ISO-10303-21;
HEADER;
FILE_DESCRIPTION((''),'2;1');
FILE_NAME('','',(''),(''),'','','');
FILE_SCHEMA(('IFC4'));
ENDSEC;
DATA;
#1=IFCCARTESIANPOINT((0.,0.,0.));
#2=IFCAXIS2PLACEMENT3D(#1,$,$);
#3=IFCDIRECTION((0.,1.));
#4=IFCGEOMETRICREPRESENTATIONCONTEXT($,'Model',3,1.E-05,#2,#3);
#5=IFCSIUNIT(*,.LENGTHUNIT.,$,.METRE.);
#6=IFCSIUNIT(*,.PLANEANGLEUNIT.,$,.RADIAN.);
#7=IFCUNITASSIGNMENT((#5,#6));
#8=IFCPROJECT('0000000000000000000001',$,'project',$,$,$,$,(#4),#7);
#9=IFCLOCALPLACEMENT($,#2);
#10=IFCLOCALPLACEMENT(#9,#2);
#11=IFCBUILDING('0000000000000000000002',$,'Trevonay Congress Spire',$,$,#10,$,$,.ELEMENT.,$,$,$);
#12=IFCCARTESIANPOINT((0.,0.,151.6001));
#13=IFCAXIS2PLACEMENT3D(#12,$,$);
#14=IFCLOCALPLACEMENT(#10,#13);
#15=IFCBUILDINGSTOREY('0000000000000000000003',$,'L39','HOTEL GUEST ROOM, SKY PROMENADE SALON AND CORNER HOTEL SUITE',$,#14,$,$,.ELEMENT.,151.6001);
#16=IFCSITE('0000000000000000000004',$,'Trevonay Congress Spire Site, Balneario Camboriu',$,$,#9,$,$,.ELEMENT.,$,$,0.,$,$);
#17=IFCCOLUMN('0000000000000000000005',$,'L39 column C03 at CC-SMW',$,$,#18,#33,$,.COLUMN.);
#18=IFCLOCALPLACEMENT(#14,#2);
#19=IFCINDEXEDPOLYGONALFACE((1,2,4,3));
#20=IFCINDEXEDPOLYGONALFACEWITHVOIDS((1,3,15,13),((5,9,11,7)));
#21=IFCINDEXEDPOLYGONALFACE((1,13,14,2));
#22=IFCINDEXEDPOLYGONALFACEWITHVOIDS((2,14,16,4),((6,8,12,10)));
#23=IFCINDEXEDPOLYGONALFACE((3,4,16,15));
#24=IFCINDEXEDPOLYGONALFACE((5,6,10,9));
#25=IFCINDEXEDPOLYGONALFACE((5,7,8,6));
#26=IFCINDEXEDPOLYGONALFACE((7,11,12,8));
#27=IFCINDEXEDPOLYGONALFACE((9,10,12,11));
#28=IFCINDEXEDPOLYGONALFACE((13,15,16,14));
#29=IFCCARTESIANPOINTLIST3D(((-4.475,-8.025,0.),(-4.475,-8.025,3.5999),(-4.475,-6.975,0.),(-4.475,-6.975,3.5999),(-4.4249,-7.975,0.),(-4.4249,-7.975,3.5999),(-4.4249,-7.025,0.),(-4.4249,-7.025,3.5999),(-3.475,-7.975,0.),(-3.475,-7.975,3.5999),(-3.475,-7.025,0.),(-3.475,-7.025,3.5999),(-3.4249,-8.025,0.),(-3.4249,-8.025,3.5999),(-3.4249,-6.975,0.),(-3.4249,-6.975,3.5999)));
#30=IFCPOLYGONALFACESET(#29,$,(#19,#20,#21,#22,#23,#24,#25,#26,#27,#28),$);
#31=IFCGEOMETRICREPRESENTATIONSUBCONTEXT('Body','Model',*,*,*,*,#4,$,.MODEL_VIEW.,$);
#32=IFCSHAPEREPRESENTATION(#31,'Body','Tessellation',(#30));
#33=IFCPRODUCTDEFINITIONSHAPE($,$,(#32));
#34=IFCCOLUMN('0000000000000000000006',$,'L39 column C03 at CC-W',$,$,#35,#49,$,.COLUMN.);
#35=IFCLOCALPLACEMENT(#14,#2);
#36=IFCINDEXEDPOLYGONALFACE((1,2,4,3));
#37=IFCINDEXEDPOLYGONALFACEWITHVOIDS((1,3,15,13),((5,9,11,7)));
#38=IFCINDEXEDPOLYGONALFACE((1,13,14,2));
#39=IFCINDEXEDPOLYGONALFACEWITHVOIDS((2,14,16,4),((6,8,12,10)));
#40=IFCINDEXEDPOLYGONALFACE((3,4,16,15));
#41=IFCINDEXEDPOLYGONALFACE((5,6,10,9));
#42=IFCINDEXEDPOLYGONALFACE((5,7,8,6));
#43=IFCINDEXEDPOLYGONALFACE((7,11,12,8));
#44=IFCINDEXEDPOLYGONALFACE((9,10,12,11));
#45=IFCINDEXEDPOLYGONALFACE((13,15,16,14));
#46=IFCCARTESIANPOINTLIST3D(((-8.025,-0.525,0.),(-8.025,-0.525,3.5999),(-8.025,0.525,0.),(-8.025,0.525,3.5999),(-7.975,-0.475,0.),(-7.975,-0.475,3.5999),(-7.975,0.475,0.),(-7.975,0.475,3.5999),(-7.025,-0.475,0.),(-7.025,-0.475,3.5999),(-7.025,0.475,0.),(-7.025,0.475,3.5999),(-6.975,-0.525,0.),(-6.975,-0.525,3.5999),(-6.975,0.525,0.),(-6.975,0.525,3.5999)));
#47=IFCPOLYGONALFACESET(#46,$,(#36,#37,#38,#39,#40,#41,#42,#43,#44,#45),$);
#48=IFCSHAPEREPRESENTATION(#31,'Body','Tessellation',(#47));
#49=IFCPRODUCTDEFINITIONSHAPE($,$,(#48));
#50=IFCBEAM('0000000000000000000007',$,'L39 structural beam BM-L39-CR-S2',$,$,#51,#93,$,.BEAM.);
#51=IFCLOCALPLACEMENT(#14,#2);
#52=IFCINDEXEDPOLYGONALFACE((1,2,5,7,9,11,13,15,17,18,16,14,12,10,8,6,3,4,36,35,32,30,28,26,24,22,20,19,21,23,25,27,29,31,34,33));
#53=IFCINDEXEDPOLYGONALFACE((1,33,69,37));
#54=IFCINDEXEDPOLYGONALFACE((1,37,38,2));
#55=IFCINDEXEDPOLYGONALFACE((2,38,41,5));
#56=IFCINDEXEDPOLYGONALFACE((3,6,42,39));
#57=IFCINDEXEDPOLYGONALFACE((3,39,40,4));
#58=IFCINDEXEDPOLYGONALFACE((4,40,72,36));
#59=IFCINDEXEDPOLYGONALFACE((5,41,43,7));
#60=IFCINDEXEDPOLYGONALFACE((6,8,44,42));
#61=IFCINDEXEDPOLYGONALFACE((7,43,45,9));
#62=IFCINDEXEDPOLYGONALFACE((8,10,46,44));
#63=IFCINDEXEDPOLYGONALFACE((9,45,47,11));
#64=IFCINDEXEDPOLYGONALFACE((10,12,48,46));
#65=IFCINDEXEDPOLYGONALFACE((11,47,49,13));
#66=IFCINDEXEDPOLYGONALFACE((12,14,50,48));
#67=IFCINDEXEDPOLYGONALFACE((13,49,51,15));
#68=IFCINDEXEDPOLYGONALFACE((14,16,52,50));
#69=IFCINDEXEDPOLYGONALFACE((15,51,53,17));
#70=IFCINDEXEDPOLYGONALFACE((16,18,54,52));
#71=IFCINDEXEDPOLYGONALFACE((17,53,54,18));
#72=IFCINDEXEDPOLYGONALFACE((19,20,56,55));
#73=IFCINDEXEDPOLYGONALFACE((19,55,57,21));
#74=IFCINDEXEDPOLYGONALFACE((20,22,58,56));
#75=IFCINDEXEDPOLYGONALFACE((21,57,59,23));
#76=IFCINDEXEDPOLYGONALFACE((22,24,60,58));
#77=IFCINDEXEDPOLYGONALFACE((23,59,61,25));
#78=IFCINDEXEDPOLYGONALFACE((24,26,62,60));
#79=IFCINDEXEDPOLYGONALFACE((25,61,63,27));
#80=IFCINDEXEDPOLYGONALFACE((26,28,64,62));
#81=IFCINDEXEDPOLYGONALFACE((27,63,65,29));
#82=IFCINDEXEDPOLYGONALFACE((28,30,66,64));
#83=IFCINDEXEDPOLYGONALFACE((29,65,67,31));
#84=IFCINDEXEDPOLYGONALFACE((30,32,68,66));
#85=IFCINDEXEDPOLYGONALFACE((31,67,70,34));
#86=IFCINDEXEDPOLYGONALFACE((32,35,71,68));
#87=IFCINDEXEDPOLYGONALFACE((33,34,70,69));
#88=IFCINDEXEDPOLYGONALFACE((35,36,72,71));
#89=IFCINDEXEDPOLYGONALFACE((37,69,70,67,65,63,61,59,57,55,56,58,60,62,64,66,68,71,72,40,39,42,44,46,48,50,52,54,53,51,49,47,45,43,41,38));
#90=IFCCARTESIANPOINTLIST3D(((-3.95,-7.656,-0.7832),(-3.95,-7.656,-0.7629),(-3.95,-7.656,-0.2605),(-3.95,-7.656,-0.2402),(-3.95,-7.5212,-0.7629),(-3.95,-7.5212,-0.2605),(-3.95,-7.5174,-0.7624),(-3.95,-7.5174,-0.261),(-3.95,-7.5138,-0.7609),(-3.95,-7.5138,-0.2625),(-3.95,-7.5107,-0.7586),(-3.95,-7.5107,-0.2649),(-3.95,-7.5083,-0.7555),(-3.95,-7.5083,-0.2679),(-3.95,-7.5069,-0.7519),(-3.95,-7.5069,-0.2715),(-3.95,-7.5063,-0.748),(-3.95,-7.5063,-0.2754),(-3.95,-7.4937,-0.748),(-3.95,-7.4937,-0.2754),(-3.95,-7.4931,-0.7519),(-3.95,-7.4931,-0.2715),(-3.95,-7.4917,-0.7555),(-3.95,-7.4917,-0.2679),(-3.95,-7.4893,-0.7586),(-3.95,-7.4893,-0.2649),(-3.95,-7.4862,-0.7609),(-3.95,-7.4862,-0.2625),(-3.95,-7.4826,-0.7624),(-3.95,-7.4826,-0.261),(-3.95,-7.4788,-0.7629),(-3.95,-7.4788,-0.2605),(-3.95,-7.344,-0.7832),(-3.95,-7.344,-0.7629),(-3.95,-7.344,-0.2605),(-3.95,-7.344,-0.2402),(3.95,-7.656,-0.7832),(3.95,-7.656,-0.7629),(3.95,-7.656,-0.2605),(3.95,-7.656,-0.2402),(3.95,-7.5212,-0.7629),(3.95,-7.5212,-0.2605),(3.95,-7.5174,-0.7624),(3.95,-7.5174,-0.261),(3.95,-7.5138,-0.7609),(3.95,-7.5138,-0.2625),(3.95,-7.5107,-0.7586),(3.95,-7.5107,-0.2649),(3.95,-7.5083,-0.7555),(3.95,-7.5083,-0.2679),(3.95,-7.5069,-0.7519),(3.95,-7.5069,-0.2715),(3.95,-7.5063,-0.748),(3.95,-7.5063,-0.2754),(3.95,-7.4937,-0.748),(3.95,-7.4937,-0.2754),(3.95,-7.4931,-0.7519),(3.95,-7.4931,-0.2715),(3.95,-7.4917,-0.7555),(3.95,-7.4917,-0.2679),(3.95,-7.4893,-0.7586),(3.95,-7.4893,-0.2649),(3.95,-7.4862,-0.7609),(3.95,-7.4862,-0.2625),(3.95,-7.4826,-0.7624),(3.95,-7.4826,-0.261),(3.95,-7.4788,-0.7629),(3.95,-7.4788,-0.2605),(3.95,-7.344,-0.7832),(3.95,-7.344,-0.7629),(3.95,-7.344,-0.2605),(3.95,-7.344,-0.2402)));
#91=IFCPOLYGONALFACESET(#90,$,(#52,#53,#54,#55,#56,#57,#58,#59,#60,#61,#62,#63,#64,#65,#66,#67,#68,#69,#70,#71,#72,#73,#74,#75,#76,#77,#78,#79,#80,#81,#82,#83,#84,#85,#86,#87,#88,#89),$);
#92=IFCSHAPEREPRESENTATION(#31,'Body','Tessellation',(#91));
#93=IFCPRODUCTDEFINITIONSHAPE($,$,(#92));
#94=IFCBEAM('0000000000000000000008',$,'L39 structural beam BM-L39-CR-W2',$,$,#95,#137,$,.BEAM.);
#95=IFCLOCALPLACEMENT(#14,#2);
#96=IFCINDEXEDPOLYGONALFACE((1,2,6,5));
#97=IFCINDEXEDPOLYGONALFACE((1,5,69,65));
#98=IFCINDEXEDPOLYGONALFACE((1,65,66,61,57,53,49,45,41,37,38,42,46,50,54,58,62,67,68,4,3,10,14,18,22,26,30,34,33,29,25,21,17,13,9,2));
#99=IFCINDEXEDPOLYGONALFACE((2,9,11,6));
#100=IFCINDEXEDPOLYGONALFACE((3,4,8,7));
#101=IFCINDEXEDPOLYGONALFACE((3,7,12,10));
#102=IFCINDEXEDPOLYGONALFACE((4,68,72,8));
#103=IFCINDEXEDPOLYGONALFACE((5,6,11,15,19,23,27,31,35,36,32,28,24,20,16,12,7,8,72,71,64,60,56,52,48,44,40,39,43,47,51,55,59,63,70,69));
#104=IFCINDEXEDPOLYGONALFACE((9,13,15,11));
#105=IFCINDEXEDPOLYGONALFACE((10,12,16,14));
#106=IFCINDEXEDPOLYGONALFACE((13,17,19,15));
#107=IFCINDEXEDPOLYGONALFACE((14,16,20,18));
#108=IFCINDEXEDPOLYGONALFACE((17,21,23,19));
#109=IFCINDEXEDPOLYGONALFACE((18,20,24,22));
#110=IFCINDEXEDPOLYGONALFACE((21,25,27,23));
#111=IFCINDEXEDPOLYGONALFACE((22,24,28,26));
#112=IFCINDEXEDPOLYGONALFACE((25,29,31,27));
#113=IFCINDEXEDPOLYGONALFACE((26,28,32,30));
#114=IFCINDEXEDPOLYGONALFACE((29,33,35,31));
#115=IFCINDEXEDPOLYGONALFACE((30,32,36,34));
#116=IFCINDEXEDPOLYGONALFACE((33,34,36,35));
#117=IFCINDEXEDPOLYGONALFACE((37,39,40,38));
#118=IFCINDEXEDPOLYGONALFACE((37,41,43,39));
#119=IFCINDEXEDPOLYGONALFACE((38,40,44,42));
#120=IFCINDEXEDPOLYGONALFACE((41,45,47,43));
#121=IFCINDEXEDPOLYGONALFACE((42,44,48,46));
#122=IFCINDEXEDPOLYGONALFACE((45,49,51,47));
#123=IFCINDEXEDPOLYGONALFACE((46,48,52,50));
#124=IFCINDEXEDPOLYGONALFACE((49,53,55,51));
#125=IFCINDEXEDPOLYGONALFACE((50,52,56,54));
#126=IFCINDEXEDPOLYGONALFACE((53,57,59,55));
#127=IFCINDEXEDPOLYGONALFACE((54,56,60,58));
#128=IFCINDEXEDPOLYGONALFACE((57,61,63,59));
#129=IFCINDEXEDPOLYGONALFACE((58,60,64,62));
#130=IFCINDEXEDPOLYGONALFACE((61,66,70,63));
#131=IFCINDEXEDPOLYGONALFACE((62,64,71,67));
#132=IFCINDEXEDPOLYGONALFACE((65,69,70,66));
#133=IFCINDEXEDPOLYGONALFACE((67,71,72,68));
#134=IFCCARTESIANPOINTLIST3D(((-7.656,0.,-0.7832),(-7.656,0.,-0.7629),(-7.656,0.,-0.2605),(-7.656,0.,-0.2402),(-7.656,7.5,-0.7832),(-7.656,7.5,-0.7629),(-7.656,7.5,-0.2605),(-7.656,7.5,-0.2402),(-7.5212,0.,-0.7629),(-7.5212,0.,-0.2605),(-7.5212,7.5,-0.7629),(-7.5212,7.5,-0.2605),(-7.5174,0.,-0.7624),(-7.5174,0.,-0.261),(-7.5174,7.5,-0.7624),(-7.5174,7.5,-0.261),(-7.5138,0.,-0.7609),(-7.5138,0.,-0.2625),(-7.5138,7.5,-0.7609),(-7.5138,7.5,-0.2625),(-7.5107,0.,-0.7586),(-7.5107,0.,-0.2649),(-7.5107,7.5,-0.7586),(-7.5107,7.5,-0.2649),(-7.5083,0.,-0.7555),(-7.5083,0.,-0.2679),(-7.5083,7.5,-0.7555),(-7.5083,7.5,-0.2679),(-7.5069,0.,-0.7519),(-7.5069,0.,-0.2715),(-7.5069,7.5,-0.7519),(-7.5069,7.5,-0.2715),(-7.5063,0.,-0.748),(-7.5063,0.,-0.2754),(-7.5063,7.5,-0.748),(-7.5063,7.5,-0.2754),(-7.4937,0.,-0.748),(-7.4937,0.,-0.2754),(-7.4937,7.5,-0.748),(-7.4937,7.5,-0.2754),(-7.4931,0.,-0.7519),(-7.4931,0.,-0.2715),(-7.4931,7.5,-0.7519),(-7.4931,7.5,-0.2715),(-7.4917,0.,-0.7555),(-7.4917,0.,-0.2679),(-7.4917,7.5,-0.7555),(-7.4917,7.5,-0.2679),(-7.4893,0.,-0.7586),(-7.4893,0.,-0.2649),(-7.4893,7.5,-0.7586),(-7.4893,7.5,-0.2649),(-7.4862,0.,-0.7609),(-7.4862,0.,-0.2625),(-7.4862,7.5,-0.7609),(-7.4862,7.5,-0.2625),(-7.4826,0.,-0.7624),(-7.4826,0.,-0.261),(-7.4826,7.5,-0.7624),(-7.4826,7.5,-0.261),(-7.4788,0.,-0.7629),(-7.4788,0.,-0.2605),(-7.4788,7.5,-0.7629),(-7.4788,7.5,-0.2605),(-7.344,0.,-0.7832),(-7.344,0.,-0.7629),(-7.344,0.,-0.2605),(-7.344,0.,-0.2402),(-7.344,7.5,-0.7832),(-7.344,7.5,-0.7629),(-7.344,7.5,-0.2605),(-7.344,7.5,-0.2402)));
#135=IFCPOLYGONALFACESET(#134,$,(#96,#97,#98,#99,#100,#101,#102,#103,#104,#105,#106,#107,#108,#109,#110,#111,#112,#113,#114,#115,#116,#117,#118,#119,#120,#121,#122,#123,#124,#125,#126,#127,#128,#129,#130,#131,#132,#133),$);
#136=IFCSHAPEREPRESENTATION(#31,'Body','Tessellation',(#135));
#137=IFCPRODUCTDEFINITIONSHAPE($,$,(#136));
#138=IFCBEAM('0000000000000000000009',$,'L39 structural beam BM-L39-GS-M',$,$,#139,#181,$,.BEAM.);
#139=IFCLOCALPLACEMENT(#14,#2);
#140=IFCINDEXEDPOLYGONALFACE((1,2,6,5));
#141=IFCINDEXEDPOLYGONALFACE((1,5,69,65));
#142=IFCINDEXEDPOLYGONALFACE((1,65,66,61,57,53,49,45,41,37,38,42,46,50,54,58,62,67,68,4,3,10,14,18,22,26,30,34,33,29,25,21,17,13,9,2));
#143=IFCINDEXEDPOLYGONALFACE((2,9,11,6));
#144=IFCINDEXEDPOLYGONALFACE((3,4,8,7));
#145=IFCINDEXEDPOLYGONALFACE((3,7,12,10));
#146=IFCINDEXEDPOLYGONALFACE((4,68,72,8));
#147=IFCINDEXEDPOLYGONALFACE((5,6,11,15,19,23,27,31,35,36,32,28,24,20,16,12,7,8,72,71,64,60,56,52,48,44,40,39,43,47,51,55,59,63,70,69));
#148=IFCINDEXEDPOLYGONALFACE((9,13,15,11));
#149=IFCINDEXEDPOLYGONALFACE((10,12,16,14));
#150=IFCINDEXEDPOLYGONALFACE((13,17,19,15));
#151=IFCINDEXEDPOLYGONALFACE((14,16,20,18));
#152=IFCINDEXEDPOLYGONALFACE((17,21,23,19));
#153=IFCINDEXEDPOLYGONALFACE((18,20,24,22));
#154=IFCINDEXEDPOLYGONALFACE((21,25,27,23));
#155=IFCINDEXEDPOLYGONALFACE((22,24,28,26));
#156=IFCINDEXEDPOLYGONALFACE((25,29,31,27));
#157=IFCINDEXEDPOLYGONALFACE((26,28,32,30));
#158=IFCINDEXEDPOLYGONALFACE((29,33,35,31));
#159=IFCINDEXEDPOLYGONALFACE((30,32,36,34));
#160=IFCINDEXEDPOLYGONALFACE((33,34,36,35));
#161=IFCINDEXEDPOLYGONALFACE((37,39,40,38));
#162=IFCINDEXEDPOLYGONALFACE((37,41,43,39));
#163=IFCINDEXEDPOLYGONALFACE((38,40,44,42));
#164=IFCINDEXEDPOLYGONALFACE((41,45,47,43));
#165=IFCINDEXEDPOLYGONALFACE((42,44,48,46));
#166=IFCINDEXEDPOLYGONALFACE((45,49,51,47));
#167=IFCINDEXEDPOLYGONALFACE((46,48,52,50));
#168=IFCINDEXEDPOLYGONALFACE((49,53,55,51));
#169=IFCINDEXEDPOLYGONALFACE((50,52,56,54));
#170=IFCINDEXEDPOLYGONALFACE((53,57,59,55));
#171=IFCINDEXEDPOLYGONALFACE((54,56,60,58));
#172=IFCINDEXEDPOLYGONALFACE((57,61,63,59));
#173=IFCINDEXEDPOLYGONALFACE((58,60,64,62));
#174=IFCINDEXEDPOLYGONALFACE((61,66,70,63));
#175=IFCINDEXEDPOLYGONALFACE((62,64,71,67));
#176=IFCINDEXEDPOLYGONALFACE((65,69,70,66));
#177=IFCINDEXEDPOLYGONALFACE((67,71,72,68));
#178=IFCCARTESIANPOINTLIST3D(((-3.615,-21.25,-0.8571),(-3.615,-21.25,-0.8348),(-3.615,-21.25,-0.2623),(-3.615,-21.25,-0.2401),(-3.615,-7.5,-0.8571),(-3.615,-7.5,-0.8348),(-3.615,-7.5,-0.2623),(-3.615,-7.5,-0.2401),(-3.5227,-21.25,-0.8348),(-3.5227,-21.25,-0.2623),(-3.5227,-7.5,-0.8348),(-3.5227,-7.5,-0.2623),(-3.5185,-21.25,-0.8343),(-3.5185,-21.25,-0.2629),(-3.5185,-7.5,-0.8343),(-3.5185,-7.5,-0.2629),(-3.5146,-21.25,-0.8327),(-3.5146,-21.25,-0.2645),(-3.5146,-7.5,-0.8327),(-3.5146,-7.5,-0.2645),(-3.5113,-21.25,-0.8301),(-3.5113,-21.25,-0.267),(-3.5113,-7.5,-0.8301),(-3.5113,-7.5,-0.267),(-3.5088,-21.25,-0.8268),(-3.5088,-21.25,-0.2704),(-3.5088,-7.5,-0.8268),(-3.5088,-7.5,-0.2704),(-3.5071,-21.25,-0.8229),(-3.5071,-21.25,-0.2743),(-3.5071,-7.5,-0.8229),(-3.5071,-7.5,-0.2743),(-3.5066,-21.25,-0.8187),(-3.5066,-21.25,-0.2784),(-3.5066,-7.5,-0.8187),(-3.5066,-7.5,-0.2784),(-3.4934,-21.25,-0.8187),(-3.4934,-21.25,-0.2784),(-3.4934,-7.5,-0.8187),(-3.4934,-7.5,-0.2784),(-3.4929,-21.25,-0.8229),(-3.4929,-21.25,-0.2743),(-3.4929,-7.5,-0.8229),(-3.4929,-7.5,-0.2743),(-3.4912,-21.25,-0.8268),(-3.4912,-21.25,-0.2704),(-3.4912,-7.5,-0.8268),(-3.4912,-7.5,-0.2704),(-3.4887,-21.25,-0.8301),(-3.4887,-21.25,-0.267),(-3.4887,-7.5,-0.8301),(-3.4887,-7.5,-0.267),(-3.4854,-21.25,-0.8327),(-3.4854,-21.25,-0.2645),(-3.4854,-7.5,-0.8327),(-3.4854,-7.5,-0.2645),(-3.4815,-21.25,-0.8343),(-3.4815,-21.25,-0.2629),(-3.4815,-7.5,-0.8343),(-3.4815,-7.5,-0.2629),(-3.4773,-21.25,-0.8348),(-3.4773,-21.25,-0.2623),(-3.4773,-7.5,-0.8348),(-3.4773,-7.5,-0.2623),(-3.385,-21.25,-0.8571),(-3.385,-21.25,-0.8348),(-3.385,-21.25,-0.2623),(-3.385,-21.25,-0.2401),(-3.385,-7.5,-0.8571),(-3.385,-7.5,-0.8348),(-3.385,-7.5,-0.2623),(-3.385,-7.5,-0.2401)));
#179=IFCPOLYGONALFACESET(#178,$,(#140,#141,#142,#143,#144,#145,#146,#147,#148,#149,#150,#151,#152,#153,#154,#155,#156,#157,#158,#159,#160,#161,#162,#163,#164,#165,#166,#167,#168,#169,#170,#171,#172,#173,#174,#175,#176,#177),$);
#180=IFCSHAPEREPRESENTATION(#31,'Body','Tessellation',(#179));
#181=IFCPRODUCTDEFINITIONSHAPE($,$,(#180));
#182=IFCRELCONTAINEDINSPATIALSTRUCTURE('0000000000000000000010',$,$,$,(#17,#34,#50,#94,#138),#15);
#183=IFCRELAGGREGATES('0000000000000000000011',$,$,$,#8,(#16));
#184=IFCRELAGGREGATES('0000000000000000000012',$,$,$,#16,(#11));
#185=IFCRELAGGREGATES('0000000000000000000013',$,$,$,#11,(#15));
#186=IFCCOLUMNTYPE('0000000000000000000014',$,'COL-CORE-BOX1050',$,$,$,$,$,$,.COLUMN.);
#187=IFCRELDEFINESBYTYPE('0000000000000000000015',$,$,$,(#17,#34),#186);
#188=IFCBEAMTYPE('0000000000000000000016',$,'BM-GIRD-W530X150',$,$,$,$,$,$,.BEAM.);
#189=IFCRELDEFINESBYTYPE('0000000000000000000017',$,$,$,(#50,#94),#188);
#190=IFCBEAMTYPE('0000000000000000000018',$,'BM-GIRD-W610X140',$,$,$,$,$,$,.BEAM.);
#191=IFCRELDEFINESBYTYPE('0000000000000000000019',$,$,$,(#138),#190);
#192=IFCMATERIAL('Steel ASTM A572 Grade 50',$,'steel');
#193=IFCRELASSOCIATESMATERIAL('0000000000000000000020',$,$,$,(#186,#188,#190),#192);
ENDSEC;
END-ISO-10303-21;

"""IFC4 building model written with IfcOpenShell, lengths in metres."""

from ifc_helpers import new_model, si_unit, direction, frame, origin, origin_2d, place, context, subcontext, project, spatial, hollow_rectangle, i_section, extrude, material, material_profile, profile_set, type_object, element, save


model = new_model("IFC4")

# Units and contexts
model_context = context("Model", 3, precision=1e-05, world=origin(), true_north=direction((0.0, 1.0)))
body_context = subcontext(model_context, "Body", "Model", "MODEL_VIEW")
ifc_project = project(units=[si_unit("LENGTHUNIT", "METRE"), si_unit("PLANEANGLEUNIT", "RADIAN")], contexts=[model_context])

# Site, building, storey
site_placement = place(None, origin())
site = spatial("IfcSite", under=ifc_project, at=site_placement, Name="Trevonay Congress Spire Site, Balneario Camboriu", CompositionType="ELEMENT", RefElevation=0.0)
building_placement = place(site_placement, origin())
building = spatial("IfcBuilding", under=site, at=building_placement, Name="Trevonay Congress Spire", CompositionType="ELEMENT")
storey_placement = place(building_placement, frame((0.0, 0.0, 151.6001)))
storey = spatial("IfcBuildingStorey", under=building, at=storey_placement, Name="L39", Description="HOTEL GUEST ROOM, SKY PROMENADE SALON AND CORNER HOTEL SUITE", CompositionType="ELEMENT", Elevation=151.6001)

# Columns
ifc_material_1 = material(Name="Steel ASTM A572 Grade 50", Category="steel")
ifc_material_profile_1 = material_profile(ifc_material_1, hollow_rectangle(XDim=1.05, YDim=1.05, WallThickness=0.05, at=origin_2d()), Name="BOX 1050x1050x50")
ifc_profile_set_1 = profile_set([ifc_material_profile_1], Name="Steel ASTM A572 Grade 50")
column_type = type_object("IfcColumnType", Name="COL-CORE-BOX1050", PredefinedType="COLUMN", material=ifc_profile_set_1)
for number, where, z_axis, x_axis, name in (
    (1, (-3.95, -7.5, 0.0), (0.0, 0.0, 1.0), (1.0, 0.0, 0.0), "L39 column C03 at CC-SMW"),
    (2, (-7.5, 0.0, 0.0), (0.0, 0.0, 1.0), (1.0, 0.0, 0.0), "L39 column C03 at CC-W"),
):
    element("IfcColumn", number, at=place(storey_placement, frame(where, z_axis=z_axis, x_axis=x_axis)), inside=storey, type_object=column_type, Name=name, PredefinedType="COLUMN", context=body_context, shape_type="SweptSolid", body=[
        extrude(hollow_rectangle(XDim=1.05, YDim=1.05, WallThickness=0.05, at=origin_2d()), origin(), (0.0, 0.0, 1.0), 3.5999),
    ])

# Beams
ifc_material_profile_2 = material_profile(ifc_material_1, i_section(OverallWidth=0.312, OverallDepth=0.543, WebThickness=0.0127, FlangeThickness=0.0203, FilletRadius=0.0149, at=origin_2d()), Name="W530x150")
ifc_profile_set_2 = profile_set([ifc_material_profile_2], Name="Steel ASTM A572 Grade 50")
beam_type_1 = type_object("IfcBeamType", Name="BM-GIRD-W530X150", PredefinedType="BEAM", material=ifc_profile_set_2)
beam_1_placement = place(storey_placement, frame((-3.95, -7.5, -0.5117), z_axis=(1.0, 0.0, 0.0), x_axis=(0.0, 1.0, 0.0)))
element("IfcBeam", 3, at=beam_1_placement, inside=storey, type_object=beam_type_1, Name="L39 structural beam BM-L39-CR-S2", PredefinedType="BEAM", context=body_context, shape_type="SweptSolid", body=[
    extrude(i_section(OverallWidth=0.312, OverallDepth=0.543, WebThickness=0.0127, FlangeThickness=0.0203, FilletRadius=0.0149, at=origin_2d()), origin(), (0.0, 0.0, 1.0), 7.8999),
])
beam_2_placement = place(storey_placement, frame((-7.5, 0.0, -0.5117), z_axis=(0.0, 1.0, 0.0), x_axis=(-1.0, 0.0, 0.0)))
element("IfcBeam", 4, at=beam_2_placement, inside=storey, type_object=beam_type_1, Name="L39 structural beam BM-L39-CR-W2", PredefinedType="BEAM", context=body_context, shape_type="SweptSolid", body=[
    extrude(i_section(OverallWidth=0.312, OverallDepth=0.543, WebThickness=0.0127, FlangeThickness=0.0203, FilletRadius=0.0149, at=origin_2d()), origin(), (0.0, 0.0, 1.0), 7.5),
])
ifc_material_profile_3 = material_profile(ifc_material_1, i_section(OverallWidth=0.23, OverallDepth=0.6169, WebThickness=0.0132, FlangeThickness=0.0222, FilletRadius=0.0161, at=origin_2d()), Name="W610x140")
ifc_profile_set_3 = profile_set([ifc_material_profile_3], Name="Steel ASTM A572 Grade 50")
beam_type_2 = type_object("IfcBeamType", Name="BM-GIRD-W610X140", PredefinedType="BEAM", material=ifc_profile_set_3)
for number, where, z_axis, x_axis, name in (
    (5, (-3.5, -7.5, -0.5486), (0.0, -1.0, 0.0), (1.0, 0.0, 0.0), "L39 structural beam BM-L39-GS-M"),
):
    element("IfcBeam", number, at=place(storey_placement, frame(where, z_axis=z_axis, x_axis=x_axis)), inside=storey, type_object=beam_type_2, Name=name, PredefinedType="BEAM", context=body_context, shape_type="SweptSolid", body=[
        extrude(i_section(OverallWidth=0.23, OverallDepth=0.6169, WebThickness=0.0132, FlangeThickness=0.0222, FilletRadius=0.0161, at=origin_2d()), origin(), (0.0, 0.0, 1.0), 13.75),
    ])

save(model, "model.ifc")
